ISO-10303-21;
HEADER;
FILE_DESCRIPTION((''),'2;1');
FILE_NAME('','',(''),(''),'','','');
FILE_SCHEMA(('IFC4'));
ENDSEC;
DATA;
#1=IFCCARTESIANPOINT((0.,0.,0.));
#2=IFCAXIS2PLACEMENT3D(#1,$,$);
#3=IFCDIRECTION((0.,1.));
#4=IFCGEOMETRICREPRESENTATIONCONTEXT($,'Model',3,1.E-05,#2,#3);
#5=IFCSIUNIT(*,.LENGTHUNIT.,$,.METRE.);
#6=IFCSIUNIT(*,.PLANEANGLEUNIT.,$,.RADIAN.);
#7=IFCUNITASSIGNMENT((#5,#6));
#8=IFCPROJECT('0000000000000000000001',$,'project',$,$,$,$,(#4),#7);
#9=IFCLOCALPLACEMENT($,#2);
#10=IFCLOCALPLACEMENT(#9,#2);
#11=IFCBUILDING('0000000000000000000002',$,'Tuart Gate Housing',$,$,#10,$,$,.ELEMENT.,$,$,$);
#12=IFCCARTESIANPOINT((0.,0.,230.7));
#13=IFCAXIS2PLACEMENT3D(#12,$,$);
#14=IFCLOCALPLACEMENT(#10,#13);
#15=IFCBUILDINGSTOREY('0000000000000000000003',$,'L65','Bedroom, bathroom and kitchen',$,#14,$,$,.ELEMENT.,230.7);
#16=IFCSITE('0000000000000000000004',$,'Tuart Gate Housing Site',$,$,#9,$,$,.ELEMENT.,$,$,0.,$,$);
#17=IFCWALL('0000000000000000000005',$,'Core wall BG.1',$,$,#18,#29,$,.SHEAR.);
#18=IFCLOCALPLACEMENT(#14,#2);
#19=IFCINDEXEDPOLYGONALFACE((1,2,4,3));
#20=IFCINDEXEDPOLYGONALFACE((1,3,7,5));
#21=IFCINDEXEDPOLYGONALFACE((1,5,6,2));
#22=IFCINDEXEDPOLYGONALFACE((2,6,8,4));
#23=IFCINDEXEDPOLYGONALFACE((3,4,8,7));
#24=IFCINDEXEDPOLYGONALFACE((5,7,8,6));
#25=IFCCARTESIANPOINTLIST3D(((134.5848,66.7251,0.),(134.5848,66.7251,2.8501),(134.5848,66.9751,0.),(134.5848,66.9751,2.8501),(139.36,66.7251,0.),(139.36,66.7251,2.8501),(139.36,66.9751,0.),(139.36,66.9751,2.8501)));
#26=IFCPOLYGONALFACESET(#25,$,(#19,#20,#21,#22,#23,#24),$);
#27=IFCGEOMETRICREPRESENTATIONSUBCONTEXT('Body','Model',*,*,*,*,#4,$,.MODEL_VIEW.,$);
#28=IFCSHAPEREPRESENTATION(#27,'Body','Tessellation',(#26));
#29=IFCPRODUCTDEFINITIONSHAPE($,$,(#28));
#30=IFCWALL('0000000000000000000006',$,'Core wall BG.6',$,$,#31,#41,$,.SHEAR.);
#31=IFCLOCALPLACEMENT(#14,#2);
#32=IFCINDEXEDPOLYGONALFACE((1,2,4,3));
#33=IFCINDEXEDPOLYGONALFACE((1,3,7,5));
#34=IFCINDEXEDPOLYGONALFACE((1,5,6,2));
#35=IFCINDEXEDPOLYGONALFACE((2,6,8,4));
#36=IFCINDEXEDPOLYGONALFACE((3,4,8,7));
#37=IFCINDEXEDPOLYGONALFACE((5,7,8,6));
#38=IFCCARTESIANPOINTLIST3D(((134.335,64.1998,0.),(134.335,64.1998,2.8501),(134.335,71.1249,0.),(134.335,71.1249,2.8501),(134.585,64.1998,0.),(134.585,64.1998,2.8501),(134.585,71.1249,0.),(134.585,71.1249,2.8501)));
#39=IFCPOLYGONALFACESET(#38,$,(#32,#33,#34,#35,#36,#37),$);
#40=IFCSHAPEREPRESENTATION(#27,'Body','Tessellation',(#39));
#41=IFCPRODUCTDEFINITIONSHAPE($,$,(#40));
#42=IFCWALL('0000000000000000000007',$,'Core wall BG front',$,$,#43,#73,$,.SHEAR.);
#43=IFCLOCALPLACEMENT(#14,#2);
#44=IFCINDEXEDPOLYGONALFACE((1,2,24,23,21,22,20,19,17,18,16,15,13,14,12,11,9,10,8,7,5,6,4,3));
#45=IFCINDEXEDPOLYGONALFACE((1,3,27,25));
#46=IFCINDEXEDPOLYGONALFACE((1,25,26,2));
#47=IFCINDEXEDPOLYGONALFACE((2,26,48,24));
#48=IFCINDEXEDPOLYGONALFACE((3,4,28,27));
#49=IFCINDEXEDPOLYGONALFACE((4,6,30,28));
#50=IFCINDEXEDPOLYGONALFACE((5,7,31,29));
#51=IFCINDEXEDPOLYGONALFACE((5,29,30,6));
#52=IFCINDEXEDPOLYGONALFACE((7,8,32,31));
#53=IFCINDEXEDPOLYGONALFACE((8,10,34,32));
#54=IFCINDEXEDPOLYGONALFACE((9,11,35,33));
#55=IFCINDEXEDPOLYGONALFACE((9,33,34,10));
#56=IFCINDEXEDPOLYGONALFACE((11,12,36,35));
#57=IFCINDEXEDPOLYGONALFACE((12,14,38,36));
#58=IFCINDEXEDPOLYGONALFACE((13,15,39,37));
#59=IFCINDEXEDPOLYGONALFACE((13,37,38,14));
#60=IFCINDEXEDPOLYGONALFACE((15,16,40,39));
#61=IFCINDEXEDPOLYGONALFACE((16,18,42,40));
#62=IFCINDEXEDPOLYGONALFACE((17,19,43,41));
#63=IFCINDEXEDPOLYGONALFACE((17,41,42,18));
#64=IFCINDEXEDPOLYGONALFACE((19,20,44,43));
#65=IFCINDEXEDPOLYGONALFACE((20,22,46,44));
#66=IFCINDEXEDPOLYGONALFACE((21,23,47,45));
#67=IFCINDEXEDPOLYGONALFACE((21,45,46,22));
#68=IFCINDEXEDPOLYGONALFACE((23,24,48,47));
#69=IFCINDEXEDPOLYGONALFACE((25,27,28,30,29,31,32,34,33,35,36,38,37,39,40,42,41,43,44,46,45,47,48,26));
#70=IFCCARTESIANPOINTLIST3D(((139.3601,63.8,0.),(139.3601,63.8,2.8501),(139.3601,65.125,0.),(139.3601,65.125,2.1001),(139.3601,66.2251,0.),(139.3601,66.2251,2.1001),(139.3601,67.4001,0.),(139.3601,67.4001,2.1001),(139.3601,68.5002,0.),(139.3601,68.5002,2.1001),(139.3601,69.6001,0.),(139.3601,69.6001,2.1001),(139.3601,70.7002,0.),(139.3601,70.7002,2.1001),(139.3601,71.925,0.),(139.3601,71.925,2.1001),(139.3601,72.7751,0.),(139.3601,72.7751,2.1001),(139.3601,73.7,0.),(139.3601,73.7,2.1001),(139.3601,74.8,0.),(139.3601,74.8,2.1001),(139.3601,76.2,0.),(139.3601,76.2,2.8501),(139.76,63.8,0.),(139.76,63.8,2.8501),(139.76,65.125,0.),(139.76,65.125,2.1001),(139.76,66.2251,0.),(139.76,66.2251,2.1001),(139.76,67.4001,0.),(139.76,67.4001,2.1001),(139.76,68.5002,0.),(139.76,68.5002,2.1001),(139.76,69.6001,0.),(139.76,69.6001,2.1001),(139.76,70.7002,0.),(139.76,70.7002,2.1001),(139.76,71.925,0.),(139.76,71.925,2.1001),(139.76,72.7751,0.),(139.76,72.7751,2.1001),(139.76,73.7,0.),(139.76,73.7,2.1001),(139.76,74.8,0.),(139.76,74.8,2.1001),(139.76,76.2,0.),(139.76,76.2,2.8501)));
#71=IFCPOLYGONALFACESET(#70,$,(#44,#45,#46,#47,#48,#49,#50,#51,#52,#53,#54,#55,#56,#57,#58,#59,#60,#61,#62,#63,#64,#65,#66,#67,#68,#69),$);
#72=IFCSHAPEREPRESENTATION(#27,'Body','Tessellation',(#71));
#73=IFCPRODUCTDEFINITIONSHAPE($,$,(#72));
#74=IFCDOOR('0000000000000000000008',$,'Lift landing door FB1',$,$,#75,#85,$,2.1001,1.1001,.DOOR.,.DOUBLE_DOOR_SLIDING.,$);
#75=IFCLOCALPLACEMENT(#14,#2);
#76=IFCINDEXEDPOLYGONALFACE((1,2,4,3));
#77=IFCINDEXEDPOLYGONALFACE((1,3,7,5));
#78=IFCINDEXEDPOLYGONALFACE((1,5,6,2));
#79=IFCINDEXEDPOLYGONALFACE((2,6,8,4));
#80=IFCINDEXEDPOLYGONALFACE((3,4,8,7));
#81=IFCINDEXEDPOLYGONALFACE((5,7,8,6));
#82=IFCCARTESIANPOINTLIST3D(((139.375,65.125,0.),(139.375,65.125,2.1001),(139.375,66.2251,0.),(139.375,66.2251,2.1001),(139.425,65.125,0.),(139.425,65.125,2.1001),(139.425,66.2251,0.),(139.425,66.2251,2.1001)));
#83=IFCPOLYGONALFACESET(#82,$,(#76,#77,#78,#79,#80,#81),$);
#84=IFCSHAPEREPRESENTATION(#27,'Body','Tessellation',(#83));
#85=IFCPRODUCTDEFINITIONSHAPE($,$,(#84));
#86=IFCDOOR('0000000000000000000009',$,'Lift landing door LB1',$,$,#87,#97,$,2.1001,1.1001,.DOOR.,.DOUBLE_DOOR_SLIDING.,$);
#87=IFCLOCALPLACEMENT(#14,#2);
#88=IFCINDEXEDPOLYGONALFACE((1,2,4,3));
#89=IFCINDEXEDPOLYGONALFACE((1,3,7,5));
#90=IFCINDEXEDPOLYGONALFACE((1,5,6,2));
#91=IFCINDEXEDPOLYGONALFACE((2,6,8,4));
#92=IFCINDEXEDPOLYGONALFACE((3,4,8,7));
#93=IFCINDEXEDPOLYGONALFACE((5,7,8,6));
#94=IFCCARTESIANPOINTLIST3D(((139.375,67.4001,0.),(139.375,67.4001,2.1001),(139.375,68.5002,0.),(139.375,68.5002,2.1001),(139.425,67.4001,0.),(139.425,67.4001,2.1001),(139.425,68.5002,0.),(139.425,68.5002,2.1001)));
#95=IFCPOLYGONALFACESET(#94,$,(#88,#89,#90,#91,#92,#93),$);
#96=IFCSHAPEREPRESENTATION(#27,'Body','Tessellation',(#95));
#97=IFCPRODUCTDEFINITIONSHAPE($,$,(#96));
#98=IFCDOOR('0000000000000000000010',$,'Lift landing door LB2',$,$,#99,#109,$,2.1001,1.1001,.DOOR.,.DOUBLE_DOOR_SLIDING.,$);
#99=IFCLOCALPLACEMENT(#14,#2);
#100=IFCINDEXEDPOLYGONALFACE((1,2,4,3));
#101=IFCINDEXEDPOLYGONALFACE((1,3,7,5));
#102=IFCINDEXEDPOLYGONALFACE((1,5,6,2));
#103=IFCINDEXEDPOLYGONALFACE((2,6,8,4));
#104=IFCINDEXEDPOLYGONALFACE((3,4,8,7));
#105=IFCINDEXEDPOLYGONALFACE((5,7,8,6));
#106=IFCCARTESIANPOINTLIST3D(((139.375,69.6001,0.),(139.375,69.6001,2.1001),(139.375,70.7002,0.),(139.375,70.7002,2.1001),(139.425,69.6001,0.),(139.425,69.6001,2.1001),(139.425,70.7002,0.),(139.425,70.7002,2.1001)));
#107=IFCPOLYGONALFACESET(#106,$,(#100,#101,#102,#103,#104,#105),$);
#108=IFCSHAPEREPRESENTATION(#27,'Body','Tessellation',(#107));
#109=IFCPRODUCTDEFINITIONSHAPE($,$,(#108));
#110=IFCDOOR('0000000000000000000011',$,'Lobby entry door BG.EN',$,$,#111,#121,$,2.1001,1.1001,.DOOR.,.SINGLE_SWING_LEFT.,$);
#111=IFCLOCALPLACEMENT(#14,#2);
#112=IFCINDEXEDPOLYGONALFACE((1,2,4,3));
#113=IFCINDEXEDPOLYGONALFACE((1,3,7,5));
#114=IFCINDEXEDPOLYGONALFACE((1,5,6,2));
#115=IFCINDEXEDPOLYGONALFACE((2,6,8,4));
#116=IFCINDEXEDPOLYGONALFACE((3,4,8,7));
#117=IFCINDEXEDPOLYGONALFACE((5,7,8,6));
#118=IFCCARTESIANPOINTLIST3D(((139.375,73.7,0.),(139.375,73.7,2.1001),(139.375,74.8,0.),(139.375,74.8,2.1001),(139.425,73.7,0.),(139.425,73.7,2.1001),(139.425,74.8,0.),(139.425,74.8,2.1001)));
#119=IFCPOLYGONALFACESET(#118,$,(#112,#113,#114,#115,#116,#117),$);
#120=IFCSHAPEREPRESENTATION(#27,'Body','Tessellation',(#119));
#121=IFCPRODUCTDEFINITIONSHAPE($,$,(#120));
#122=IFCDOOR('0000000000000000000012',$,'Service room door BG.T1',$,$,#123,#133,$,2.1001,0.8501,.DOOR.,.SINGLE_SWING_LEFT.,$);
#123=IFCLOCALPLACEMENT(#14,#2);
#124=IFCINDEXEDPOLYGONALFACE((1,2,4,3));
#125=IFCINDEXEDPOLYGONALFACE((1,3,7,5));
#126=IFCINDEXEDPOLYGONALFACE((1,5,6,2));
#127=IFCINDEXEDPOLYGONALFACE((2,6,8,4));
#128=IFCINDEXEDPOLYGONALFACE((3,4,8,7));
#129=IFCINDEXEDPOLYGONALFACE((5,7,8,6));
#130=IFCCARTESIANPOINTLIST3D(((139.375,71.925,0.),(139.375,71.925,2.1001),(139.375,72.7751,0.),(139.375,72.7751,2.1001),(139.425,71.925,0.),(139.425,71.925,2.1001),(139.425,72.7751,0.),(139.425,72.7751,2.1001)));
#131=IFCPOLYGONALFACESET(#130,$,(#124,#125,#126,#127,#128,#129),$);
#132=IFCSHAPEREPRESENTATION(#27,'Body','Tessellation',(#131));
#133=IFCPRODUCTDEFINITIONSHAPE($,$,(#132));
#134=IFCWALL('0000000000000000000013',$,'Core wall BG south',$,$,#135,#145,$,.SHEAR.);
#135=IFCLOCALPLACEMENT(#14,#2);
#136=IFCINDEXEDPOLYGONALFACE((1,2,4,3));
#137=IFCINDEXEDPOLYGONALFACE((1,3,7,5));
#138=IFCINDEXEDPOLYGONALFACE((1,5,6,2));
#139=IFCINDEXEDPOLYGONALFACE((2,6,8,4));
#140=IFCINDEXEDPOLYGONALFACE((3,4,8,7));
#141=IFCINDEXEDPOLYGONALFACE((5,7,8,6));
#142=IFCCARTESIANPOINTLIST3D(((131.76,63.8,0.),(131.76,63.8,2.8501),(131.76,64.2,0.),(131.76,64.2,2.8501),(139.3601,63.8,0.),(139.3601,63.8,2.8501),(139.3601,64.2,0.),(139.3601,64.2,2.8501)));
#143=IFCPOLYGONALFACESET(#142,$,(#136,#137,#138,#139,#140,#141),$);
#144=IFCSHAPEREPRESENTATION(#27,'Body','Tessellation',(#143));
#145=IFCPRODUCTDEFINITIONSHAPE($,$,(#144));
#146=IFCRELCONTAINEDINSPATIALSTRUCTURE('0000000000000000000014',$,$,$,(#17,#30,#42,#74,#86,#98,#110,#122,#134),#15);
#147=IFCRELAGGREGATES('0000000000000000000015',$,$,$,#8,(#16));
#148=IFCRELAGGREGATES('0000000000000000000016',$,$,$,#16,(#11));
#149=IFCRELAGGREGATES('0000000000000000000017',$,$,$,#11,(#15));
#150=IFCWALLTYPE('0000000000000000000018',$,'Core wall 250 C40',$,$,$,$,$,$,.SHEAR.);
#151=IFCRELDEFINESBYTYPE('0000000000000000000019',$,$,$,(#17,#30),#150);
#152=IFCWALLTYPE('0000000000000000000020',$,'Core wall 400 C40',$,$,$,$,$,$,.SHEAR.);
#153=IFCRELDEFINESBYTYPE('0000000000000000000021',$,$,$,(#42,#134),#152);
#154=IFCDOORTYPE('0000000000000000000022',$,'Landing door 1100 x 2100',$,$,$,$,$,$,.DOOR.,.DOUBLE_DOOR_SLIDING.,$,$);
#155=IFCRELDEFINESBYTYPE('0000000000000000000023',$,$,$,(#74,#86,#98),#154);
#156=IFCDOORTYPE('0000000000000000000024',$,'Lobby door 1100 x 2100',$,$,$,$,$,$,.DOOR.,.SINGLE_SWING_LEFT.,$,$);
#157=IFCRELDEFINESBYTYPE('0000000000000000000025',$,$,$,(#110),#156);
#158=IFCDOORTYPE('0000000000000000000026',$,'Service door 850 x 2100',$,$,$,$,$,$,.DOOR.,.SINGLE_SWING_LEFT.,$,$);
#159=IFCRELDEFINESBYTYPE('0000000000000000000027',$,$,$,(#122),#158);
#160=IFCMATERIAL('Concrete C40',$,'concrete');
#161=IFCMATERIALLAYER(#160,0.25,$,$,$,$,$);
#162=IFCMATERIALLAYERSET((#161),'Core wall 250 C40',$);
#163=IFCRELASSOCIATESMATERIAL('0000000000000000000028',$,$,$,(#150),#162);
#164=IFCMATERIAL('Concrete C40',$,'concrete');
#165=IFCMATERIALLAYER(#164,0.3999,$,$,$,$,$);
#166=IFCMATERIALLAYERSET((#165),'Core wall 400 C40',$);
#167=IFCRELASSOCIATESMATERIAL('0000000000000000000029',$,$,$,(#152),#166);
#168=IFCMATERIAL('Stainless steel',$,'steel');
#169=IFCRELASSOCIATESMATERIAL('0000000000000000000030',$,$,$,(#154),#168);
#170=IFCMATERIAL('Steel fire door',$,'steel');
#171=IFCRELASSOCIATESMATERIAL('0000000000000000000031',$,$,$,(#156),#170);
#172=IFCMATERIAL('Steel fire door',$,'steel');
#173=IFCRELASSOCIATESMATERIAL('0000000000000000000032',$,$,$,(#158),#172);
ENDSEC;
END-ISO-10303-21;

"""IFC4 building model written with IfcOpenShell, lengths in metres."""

from ifc_helpers import new_model, si_unit, direction, frame, frame_2d, origin, place, context, subcontext, project, spatial, rectangle, extrude, material, layer, layer_set, type_object, element, fill, save


model = new_model("IFC4")

# Units and contexts
model_context = context("Model", 3, precision=1e-05, world=origin(), true_north=direction((0.0, 1.0)))
body_context = subcontext(model_context, "Body", "Model", "MODEL_VIEW")
ifc_project = project(units=[si_unit("LENGTHUNIT", "METRE"), si_unit("PLANEANGLEUNIT", "RADIAN")], contexts=[model_context])

# Site, building, storey
site_placement = place(None, origin())
site = spatial("IfcSite", under=ifc_project, at=site_placement, Name="Tuart Gate Housing Site", CompositionType="ELEMENT", RefElevation=0.0)
building_placement = place(site_placement, origin())
building = spatial("IfcBuilding", under=site, at=building_placement, Name="Tuart Gate Housing", CompositionType="ELEMENT")
storey_placement = place(building_placement, frame((0.0, 0.0, 230.7)))
storey = spatial("IfcBuildingStorey", under=building, at=storey_placement, Name="L65", Description="Bedroom, bathroom and kitchen", CompositionType="ELEMENT", Elevation=230.7)

# Walls
ifc_material_1 = material(Name="Concrete C40", Category="concrete")
ifc_layer_1 = layer(ifc_material_1, 0.25)
ifc_layer_set_1 = layer_set([ifc_layer_1], Name="Core wall 250 C40")
wall_type_1 = type_object("IfcWallType", Name="Core wall 250 C40", PredefinedType="SHEAR", material=ifc_layer_set_1)
wall_1_placement = place(storey_placement, frame((139.3601, 66.8501, 0.0), z_axis=(0.0, 0.0, 1.0), x_axis=(-1.0, 0.0, 0.0)))
element("IfcWall", 1, at=wall_1_placement, inside=storey, type_object=wall_type_1, Name="Core wall BG.1", PredefinedType="SHEAR", context=body_context, shape_type="SweptSolid", body=[
    extrude(rectangle(XDim=4.7751, YDim=0.25, at=frame_2d((2.3877, 0.0))), origin(), (0.0, 0.0, 1.0), 2.8501),
])
wall_2_placement = place(storey_placement, frame((134.46, 64.2, 0.0), z_axis=(0.0, 0.0, 1.0), x_axis=(0.0, 1.0, 0.0)))
element("IfcWall", 2, at=wall_2_placement, inside=storey, type_object=wall_type_1, Name="Core wall BG.6", PredefinedType="SHEAR", context=body_context, shape_type="SweptSolid", body=[
    extrude(rectangle(XDim=6.925, YDim=0.25, at=frame_2d((3.4624, 0.0))), origin(), (0.0, 0.0, 1.0), 2.8501),
])

# Wall, openings, doors
ifc_material_2 = material(Name="Concrete C40", Category="concrete")
ifc_layer_2 = layer(ifc_material_2, 0.3999)
ifc_layer_set_2 = layer_set([ifc_layer_2], Name="Core wall 400 C40")
wall_type_2 = type_object("IfcWallType", Name="Core wall 400 C40", PredefinedType="SHEAR", material=ifc_layer_set_2)
wall_3_placement = place(storey_placement, frame((139.5601, 63.8, 0.0), z_axis=(0.0, 0.0, 1.0), x_axis=(0.0, 1.0, 0.0)))
wall_3 = element("IfcWall", 3, at=wall_3_placement, inside=storey, type_object=wall_type_2, Name="Core wall BG front", PredefinedType="SHEAR", context=body_context, shape_type="SweptSolid", body=[
    extrude(rectangle(XDim=12.3999, YDim=0.3999, at=frame_2d((6.2, 0.0))), origin(), (0.0, 0.0, 1.0), 2.8501),
])
opening_1_placement = place(wall_3_placement, frame((1.325, 0.0, 0.0)))
opening_1 = element("IfcOpeningElement", 4, at=opening_1_placement, cuts=wall_3, PredefinedType="OPENING", context=body_context, shape_type="SweptSolid", body=[
    extrude(rectangle(XDim=1.1001, YDim=2.1001, at=frame_2d((0.55, 1.05))), frame((0.0, 0.21, 0.0), z_axis=(0.0, -1.0, 0.0), x_axis=(1.0, 0.0, 0.0)), (0.0, 0.0, 1.0), 0.4199),
])
opening_2_placement = place(wall_3_placement, frame((3.6001, 0.0, 0.0)))
opening_2 = element("IfcOpeningElement", 5, at=opening_2_placement, cuts=wall_3, PredefinedType="OPENING", context=body_context, shape_type="SweptSolid", body=[
    extrude(rectangle(XDim=1.1001, YDim=2.1001, at=frame_2d((0.55, 1.05))), frame((0.0, 0.21, 0.0), z_axis=(0.0, -1.0, 0.0), x_axis=(1.0, 0.0, 0.0)), (0.0, 0.0, 1.0), 0.4199),
])
opening_3_placement = place(wall_3_placement, frame((5.8, 0.0, 0.0)))
opening_3 = element("IfcOpeningElement", 6, at=opening_3_placement, cuts=wall_3, PredefinedType="OPENING", context=body_context, shape_type="SweptSolid", body=[
    extrude(rectangle(XDim=1.1001, YDim=2.1001, at=frame_2d((0.55, 1.05))), frame((0.0, 0.21, 0.0), z_axis=(0.0, -1.0, 0.0), x_axis=(1.0, 0.0, 0.0)), (0.0, 0.0, 1.0), 0.4199),
])
opening_4_placement = place(wall_3_placement, frame((9.8999, 0.0, 0.0)))
opening_4 = element("IfcOpeningElement", 7, at=opening_4_placement, cuts=wall_3, PredefinedType="OPENING", context=body_context, shape_type="SweptSolid", body=[
    extrude(rectangle(XDim=1.1001, YDim=2.1001, at=frame_2d((0.55, 1.05))), frame((0.0, 0.21, 0.0), z_axis=(0.0, -1.0, 0.0), x_axis=(1.0, 0.0, 0.0)), (0.0, 0.0, 1.0), 0.4199),
])
opening_5_placement = place(wall_3_placement, frame((8.125, 0.0, 0.0)))
opening_5 = element("IfcOpeningElement", 8, at=opening_5_placement, cuts=wall_3, PredefinedType="OPENING", context=body_context, shape_type="SweptSolid", body=[
    extrude(rectangle(XDim=0.8501, YDim=2.1001, at=frame_2d((0.425, 1.05))), frame((0.0, 0.21, 0.0), z_axis=(0.0, -1.0, 0.0), x_axis=(1.0, 0.0, 0.0)), (0.0, 0.0, 1.0), 0.4199),
])
ifc_material_3 = material(Name="Stainless steel", Category="steel")
door_type_1 = type_object("IfcDoorType", Name="Landing door 1100 x 2100", OperationType="DOUBLE_DOOR_SLIDING", PredefinedType="DOOR", material=ifc_material_3)
door_1_placement = place(opening_1_placement, origin())
door_1 = element("IfcDoor", 9, at=door_1_placement, inside=storey, type_object=door_type_1, Name="Lift landing door FB1", OperationType="DOUBLE_DOOR_SLIDING", OverallHeight=2.1001, OverallWidth=1.1001, PredefinedType="DOOR", context=body_context, shape_type="SweptSolid", body=[
    extrude(rectangle(XDim=1.1001, YDim=2.1001, at=frame_2d((0.55, 1.05))), frame((0.0, 0.1851, 0.0), z_axis=(0.0, -1.0, 0.0), x_axis=(1.0, 0.0, 0.0)), (0.0, 0.0, 1.0), 0.05),
])
fill(opening_1, door_1)
door_2_placement = place(opening_2_placement, origin())
door_2 = element("IfcDoor", 10, at=door_2_placement, inside=storey, type_object=door_type_1, Name="Lift landing door LB1", OperationType="DOUBLE_DOOR_SLIDING", OverallHeight=2.1001, OverallWidth=1.1001, PredefinedType="DOOR", context=body_context, shape_type="SweptSolid", body=[
    extrude(rectangle(XDim=1.1001, YDim=2.1001, at=frame_2d((0.55, 1.05))), frame((0.0, 0.1851, 0.0), z_axis=(0.0, -1.0, 0.0), x_axis=(1.0, 0.0, 0.0)), (0.0, 0.0, 1.0), 0.05),
])
fill(opening_2, door_2)
door_3_placement = place(opening_3_placement, origin())
door_3 = element("IfcDoor", 11, at=door_3_placement, inside=storey, type_object=door_type_1, Name="Lift landing door LB2", OperationType="DOUBLE_DOOR_SLIDING", OverallHeight=2.1001, OverallWidth=1.1001, PredefinedType="DOOR", context=body_context, shape_type="SweptSolid", body=[
    extrude(rectangle(XDim=1.1001, YDim=2.1001, at=frame_2d((0.55, 1.05))), frame((0.0, 0.1851, 0.0), z_axis=(0.0, -1.0, 0.0), x_axis=(1.0, 0.0, 0.0)), (0.0, 0.0, 1.0), 0.05),
])
fill(opening_3, door_3)
ifc_material_4 = material(Name="Steel fire door", Category="steel")
door_type_2 = type_object("IfcDoorType", Name="Lobby door 1100 x 2100", OperationType="SINGLE_SWING_LEFT", PredefinedType="DOOR", material=ifc_material_4)
door_4_placement = place(opening_4_placement, origin())
door_4 = element("IfcDoor", 12, at=door_4_placement, inside=storey, type_object=door_type_2, Name="Lobby entry door BG.EN", OperationType="SINGLE_SWING_LEFT", OverallHeight=2.1001, OverallWidth=1.1001, PredefinedType="DOOR", context=body_context, shape_type="SweptSolid", body=[
    extrude(rectangle(XDim=1.1001, YDim=2.1001, at=frame_2d((0.55, 1.05))), frame((0.0, 0.1851, 0.0), z_axis=(0.0, -1.0, 0.0), x_axis=(1.0, 0.0, 0.0)), (0.0, 0.0, 1.0), 0.05),
])
fill(opening_4, door_4)
ifc_material_5 = material(Name="Steel fire door", Category="steel")
door_type_3 = type_object("IfcDoorType", Name="Service door 850 x 2100", OperationType="SINGLE_SWING_LEFT", PredefinedType="DOOR", material=ifc_material_5)
door_5_placement = place(opening_5_placement, origin())
door_5 = element("IfcDoor", 13, at=door_5_placement, inside=storey, type_object=door_type_3, Name="Service room door BG.T1", OperationType="SINGLE_SWING_LEFT", OverallHeight=2.1001, OverallWidth=0.8501, PredefinedType="DOOR", context=body_context, shape_type="SweptSolid", body=[
    extrude(rectangle(XDim=0.8501, YDim=2.1001, at=frame_2d((0.425, 1.05))), frame((0.0, 0.1851, 0.0), z_axis=(0.0, -1.0, 0.0), x_axis=(1.0, 0.0, 0.0)), (0.0, 0.0, 1.0), 0.05),
])
fill(opening_5, door_5)

# Wall
wall_4_placement = place(storey_placement, frame((139.3601, 64.0, 0.0), z_axis=(0.0, 0.0, 1.0), x_axis=(-1.0, 0.0, 0.0)))
element("IfcWall", 14, at=wall_4_placement, inside=storey, type_object=wall_type_2, Name="Core wall BG south", PredefinedType="SHEAR", context=body_context, shape_type="SweptSolid", body=[
    extrude(rectangle(XDim=7.6001, YDim=0.3999, at=frame_2d((3.8, 0.0))), origin(), (0.0, 0.0, 1.0), 2.8501),
])

save(model, "model.ifc")
